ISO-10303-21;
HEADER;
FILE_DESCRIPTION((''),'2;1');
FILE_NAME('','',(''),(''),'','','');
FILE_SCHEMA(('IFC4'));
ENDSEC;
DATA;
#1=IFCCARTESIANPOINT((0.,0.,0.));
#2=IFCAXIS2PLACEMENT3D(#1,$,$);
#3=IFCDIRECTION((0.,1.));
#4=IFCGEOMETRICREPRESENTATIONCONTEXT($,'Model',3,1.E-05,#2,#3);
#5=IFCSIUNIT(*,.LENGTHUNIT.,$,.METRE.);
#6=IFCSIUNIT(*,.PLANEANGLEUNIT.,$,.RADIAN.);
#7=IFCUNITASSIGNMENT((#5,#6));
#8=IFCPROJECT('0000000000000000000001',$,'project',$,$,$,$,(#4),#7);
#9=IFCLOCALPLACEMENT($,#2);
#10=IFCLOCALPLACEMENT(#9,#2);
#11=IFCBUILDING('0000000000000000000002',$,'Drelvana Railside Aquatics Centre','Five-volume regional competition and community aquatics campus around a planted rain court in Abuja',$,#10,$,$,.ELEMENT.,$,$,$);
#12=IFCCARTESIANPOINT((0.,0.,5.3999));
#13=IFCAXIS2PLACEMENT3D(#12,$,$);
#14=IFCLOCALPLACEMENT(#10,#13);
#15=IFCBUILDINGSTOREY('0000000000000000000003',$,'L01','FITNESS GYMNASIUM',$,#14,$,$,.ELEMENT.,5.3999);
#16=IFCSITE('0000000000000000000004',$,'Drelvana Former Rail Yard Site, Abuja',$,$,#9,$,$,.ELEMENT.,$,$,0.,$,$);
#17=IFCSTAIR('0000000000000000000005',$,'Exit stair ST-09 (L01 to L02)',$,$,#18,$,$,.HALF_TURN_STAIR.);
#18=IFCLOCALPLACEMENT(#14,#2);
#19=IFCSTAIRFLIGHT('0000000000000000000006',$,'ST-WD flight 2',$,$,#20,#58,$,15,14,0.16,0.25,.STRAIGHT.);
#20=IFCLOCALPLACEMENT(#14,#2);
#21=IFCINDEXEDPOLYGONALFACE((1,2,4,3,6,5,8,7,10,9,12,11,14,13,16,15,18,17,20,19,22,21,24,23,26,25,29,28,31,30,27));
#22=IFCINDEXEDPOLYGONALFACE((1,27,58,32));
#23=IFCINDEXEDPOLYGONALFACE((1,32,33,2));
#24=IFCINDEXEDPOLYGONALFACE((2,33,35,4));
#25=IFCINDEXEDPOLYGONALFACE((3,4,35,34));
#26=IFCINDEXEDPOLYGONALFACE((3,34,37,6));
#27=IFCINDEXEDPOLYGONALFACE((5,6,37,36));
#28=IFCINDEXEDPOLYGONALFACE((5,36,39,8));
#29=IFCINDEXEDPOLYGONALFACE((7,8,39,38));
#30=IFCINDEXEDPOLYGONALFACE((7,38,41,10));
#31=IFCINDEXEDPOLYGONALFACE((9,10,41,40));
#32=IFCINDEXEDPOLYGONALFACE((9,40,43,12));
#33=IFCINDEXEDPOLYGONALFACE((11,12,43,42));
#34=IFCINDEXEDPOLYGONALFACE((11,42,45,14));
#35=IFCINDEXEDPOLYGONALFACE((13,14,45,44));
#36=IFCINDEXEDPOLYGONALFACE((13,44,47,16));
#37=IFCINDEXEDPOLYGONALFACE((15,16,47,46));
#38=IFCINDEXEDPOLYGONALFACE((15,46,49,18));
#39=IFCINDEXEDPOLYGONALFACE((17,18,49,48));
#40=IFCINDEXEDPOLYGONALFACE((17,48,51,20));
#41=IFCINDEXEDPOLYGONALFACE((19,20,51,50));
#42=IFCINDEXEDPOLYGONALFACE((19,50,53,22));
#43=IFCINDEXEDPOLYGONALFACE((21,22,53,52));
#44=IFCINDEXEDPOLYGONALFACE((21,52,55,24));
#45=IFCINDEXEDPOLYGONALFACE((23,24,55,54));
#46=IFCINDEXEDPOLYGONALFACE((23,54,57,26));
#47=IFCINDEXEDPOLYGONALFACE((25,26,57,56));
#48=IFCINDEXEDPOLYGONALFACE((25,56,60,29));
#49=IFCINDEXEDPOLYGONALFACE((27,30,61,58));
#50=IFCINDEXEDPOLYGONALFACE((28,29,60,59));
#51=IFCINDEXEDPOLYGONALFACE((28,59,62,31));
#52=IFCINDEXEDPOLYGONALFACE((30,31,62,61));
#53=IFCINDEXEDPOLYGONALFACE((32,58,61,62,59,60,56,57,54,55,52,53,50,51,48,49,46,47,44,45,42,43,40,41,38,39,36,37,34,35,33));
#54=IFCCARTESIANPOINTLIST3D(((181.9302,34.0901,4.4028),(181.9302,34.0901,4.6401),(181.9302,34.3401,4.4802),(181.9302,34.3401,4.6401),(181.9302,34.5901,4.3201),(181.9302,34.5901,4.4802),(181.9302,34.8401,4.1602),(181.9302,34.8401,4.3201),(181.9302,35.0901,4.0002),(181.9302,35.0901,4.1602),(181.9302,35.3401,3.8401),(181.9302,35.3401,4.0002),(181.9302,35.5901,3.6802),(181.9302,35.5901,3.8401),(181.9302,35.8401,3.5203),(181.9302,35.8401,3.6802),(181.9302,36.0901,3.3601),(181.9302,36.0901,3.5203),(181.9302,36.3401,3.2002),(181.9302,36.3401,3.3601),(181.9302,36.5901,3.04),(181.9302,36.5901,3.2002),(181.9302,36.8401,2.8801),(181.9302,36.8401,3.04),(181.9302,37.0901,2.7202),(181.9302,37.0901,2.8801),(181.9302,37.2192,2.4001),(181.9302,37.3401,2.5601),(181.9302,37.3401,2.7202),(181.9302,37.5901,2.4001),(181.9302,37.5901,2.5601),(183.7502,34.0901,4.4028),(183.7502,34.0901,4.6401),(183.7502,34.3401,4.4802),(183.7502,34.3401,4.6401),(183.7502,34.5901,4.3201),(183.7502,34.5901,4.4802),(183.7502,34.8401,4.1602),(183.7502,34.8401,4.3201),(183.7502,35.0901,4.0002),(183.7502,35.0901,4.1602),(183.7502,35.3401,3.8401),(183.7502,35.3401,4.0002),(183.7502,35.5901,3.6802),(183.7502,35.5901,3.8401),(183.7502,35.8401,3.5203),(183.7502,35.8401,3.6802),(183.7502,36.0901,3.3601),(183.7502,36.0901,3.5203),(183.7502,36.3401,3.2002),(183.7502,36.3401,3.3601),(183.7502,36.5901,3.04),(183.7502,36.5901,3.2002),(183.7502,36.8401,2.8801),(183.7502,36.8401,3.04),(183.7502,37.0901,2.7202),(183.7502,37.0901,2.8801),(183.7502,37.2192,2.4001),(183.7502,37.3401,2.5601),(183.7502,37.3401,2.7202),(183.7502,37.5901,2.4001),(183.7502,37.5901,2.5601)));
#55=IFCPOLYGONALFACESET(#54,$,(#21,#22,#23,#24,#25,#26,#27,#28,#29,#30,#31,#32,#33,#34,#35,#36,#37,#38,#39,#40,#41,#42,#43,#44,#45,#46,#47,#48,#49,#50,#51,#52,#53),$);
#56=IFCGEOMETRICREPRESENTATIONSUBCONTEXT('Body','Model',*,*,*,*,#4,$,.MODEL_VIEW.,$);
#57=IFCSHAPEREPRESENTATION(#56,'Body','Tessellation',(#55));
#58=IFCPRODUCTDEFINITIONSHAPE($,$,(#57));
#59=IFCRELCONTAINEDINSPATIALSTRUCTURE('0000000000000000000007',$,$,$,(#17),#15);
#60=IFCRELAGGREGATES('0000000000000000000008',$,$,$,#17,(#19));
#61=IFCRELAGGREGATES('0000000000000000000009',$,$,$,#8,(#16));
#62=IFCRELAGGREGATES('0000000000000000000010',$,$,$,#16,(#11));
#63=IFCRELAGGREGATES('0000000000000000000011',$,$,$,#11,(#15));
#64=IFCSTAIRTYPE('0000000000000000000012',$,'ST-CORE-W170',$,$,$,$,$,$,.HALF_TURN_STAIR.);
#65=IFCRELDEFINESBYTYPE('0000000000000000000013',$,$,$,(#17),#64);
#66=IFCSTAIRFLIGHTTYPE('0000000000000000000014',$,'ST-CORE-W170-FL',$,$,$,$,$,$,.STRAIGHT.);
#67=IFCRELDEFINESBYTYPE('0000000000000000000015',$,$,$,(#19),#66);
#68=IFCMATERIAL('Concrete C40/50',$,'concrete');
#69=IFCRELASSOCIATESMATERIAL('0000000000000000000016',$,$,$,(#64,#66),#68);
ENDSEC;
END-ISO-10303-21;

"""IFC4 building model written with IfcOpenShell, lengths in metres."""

from ifc_helpers import new_model, si_unit, direction, frame, origin, place, context, subcontext, project, spatial, polyline, outline, extrude, material, type_object, element, aggregate, save


model = new_model("IFC4")

# Units and contexts
model_context = context("Model", 3, precision=1e-05, world=origin(), true_north=direction((0.0, 1.0)))
body_context = subcontext(model_context, "Body", "Model", "MODEL_VIEW")
ifc_project = project(units=[si_unit("LENGTHUNIT", "METRE"), si_unit("PLANEANGLEUNIT", "RADIAN")], contexts=[model_context])

# Site, building, storey
site_placement = place(None, origin())
site = spatial("IfcSite", under=ifc_project, at=site_placement, Name="Drelvana Former Rail Yard Site, Abuja", CompositionType="ELEMENT", RefElevation=0.0)
building_placement = place(site_placement, origin())
building = spatial("IfcBuilding", under=site, at=building_placement, Name="Drelvana Railside Aquatics Centre", Description="Five-volume regional competition and community aquatics campus around a planted rain court in Abuja", CompositionType="ELEMENT")
storey_placement = place(building_placement, frame((0.0, 0.0, 5.3999)))
storey = spatial("IfcBuildingStorey", under=building, at=storey_placement, Name="L01", Description="FITNESS GYMNASIUM", CompositionType="ELEMENT", Elevation=5.3999)

# Shared definitions
ifc_material_1 = material(Name="Concrete C40/50", Category="concrete")

# Stair, stair flight
stair_type = type_object("IfcStairType", Name="ST-CORE-W170", PredefinedType="HALF_TURN_STAIR", material=ifc_material_1)
stair_placement = place(storey_placement, origin())
stair = element("IfcStair", 1, at=stair_placement, inside=storey, type_object=stair_type, Name="Exit stair ST-09 (L01 to L02)", PredefinedType="HALF_TURN_STAIR")
stair_flight_type = type_object("IfcStairFlightType", Name="ST-CORE-W170-FL", PredefinedType="STRAIGHT", material=ifc_material_1)
stair_flight_1_placement = place(storey_placement, frame((182.8401, 37.5901, 2.4001), z_axis=(0.0, 0.0, 1.0), x_axis=(0.0, -1.0, 0.0)))
stair_flight_1 = element("IfcStairFlight", 2, at=stair_flight_1_placement, type_object=stair_flight_type, Name="ST-WD flight 2", NumberOfRisers=15, NumberOfTreads=14, PredefinedType="STRAIGHT", RiserHeight=0.16, TreadLength=0.25, context=body_context, shape_type="SweptSolid", body=[
    extrude(outline(polyline([(0.0, 0.0), (0.0, 0.1599), (0.25, 0.1599), (0.25, 0.3201), (0.5, 0.3201), (0.5, 0.48), (0.75, 0.48), (0.75, 0.6399), (1.0, 0.6399), (1.0, 0.8), (1.25, 0.8), (1.25, 0.96), (1.5, 0.96), (1.5, 1.1201), (1.75, 1.1201), (1.75, 1.28), (2.0, 1.28), (2.0, 1.4399), (2.25, 1.4399), (2.25, 1.6001), (2.5, 1.6001), (2.5, 1.76), (2.75, 1.76), (2.75, 1.9199), (3.0, 1.9199), (3.0, 2.0801), (3.25, 2.0801), (3.25, 2.24), (3.5, 2.24), (3.5, 2.3999), (3.5, 2.0027), (0.3708, 0.0), (0.0, 0.0)])), frame((0.0, 0.9102, 0.0), z_axis=(0.0, -1.0, 0.0), x_axis=(1.0, 0.0, 0.0)), (0.0, 0.0, 1.0), 1.8201),
])
aggregate(stair, [stair_flight_1])

save(model, "model.ifc")
